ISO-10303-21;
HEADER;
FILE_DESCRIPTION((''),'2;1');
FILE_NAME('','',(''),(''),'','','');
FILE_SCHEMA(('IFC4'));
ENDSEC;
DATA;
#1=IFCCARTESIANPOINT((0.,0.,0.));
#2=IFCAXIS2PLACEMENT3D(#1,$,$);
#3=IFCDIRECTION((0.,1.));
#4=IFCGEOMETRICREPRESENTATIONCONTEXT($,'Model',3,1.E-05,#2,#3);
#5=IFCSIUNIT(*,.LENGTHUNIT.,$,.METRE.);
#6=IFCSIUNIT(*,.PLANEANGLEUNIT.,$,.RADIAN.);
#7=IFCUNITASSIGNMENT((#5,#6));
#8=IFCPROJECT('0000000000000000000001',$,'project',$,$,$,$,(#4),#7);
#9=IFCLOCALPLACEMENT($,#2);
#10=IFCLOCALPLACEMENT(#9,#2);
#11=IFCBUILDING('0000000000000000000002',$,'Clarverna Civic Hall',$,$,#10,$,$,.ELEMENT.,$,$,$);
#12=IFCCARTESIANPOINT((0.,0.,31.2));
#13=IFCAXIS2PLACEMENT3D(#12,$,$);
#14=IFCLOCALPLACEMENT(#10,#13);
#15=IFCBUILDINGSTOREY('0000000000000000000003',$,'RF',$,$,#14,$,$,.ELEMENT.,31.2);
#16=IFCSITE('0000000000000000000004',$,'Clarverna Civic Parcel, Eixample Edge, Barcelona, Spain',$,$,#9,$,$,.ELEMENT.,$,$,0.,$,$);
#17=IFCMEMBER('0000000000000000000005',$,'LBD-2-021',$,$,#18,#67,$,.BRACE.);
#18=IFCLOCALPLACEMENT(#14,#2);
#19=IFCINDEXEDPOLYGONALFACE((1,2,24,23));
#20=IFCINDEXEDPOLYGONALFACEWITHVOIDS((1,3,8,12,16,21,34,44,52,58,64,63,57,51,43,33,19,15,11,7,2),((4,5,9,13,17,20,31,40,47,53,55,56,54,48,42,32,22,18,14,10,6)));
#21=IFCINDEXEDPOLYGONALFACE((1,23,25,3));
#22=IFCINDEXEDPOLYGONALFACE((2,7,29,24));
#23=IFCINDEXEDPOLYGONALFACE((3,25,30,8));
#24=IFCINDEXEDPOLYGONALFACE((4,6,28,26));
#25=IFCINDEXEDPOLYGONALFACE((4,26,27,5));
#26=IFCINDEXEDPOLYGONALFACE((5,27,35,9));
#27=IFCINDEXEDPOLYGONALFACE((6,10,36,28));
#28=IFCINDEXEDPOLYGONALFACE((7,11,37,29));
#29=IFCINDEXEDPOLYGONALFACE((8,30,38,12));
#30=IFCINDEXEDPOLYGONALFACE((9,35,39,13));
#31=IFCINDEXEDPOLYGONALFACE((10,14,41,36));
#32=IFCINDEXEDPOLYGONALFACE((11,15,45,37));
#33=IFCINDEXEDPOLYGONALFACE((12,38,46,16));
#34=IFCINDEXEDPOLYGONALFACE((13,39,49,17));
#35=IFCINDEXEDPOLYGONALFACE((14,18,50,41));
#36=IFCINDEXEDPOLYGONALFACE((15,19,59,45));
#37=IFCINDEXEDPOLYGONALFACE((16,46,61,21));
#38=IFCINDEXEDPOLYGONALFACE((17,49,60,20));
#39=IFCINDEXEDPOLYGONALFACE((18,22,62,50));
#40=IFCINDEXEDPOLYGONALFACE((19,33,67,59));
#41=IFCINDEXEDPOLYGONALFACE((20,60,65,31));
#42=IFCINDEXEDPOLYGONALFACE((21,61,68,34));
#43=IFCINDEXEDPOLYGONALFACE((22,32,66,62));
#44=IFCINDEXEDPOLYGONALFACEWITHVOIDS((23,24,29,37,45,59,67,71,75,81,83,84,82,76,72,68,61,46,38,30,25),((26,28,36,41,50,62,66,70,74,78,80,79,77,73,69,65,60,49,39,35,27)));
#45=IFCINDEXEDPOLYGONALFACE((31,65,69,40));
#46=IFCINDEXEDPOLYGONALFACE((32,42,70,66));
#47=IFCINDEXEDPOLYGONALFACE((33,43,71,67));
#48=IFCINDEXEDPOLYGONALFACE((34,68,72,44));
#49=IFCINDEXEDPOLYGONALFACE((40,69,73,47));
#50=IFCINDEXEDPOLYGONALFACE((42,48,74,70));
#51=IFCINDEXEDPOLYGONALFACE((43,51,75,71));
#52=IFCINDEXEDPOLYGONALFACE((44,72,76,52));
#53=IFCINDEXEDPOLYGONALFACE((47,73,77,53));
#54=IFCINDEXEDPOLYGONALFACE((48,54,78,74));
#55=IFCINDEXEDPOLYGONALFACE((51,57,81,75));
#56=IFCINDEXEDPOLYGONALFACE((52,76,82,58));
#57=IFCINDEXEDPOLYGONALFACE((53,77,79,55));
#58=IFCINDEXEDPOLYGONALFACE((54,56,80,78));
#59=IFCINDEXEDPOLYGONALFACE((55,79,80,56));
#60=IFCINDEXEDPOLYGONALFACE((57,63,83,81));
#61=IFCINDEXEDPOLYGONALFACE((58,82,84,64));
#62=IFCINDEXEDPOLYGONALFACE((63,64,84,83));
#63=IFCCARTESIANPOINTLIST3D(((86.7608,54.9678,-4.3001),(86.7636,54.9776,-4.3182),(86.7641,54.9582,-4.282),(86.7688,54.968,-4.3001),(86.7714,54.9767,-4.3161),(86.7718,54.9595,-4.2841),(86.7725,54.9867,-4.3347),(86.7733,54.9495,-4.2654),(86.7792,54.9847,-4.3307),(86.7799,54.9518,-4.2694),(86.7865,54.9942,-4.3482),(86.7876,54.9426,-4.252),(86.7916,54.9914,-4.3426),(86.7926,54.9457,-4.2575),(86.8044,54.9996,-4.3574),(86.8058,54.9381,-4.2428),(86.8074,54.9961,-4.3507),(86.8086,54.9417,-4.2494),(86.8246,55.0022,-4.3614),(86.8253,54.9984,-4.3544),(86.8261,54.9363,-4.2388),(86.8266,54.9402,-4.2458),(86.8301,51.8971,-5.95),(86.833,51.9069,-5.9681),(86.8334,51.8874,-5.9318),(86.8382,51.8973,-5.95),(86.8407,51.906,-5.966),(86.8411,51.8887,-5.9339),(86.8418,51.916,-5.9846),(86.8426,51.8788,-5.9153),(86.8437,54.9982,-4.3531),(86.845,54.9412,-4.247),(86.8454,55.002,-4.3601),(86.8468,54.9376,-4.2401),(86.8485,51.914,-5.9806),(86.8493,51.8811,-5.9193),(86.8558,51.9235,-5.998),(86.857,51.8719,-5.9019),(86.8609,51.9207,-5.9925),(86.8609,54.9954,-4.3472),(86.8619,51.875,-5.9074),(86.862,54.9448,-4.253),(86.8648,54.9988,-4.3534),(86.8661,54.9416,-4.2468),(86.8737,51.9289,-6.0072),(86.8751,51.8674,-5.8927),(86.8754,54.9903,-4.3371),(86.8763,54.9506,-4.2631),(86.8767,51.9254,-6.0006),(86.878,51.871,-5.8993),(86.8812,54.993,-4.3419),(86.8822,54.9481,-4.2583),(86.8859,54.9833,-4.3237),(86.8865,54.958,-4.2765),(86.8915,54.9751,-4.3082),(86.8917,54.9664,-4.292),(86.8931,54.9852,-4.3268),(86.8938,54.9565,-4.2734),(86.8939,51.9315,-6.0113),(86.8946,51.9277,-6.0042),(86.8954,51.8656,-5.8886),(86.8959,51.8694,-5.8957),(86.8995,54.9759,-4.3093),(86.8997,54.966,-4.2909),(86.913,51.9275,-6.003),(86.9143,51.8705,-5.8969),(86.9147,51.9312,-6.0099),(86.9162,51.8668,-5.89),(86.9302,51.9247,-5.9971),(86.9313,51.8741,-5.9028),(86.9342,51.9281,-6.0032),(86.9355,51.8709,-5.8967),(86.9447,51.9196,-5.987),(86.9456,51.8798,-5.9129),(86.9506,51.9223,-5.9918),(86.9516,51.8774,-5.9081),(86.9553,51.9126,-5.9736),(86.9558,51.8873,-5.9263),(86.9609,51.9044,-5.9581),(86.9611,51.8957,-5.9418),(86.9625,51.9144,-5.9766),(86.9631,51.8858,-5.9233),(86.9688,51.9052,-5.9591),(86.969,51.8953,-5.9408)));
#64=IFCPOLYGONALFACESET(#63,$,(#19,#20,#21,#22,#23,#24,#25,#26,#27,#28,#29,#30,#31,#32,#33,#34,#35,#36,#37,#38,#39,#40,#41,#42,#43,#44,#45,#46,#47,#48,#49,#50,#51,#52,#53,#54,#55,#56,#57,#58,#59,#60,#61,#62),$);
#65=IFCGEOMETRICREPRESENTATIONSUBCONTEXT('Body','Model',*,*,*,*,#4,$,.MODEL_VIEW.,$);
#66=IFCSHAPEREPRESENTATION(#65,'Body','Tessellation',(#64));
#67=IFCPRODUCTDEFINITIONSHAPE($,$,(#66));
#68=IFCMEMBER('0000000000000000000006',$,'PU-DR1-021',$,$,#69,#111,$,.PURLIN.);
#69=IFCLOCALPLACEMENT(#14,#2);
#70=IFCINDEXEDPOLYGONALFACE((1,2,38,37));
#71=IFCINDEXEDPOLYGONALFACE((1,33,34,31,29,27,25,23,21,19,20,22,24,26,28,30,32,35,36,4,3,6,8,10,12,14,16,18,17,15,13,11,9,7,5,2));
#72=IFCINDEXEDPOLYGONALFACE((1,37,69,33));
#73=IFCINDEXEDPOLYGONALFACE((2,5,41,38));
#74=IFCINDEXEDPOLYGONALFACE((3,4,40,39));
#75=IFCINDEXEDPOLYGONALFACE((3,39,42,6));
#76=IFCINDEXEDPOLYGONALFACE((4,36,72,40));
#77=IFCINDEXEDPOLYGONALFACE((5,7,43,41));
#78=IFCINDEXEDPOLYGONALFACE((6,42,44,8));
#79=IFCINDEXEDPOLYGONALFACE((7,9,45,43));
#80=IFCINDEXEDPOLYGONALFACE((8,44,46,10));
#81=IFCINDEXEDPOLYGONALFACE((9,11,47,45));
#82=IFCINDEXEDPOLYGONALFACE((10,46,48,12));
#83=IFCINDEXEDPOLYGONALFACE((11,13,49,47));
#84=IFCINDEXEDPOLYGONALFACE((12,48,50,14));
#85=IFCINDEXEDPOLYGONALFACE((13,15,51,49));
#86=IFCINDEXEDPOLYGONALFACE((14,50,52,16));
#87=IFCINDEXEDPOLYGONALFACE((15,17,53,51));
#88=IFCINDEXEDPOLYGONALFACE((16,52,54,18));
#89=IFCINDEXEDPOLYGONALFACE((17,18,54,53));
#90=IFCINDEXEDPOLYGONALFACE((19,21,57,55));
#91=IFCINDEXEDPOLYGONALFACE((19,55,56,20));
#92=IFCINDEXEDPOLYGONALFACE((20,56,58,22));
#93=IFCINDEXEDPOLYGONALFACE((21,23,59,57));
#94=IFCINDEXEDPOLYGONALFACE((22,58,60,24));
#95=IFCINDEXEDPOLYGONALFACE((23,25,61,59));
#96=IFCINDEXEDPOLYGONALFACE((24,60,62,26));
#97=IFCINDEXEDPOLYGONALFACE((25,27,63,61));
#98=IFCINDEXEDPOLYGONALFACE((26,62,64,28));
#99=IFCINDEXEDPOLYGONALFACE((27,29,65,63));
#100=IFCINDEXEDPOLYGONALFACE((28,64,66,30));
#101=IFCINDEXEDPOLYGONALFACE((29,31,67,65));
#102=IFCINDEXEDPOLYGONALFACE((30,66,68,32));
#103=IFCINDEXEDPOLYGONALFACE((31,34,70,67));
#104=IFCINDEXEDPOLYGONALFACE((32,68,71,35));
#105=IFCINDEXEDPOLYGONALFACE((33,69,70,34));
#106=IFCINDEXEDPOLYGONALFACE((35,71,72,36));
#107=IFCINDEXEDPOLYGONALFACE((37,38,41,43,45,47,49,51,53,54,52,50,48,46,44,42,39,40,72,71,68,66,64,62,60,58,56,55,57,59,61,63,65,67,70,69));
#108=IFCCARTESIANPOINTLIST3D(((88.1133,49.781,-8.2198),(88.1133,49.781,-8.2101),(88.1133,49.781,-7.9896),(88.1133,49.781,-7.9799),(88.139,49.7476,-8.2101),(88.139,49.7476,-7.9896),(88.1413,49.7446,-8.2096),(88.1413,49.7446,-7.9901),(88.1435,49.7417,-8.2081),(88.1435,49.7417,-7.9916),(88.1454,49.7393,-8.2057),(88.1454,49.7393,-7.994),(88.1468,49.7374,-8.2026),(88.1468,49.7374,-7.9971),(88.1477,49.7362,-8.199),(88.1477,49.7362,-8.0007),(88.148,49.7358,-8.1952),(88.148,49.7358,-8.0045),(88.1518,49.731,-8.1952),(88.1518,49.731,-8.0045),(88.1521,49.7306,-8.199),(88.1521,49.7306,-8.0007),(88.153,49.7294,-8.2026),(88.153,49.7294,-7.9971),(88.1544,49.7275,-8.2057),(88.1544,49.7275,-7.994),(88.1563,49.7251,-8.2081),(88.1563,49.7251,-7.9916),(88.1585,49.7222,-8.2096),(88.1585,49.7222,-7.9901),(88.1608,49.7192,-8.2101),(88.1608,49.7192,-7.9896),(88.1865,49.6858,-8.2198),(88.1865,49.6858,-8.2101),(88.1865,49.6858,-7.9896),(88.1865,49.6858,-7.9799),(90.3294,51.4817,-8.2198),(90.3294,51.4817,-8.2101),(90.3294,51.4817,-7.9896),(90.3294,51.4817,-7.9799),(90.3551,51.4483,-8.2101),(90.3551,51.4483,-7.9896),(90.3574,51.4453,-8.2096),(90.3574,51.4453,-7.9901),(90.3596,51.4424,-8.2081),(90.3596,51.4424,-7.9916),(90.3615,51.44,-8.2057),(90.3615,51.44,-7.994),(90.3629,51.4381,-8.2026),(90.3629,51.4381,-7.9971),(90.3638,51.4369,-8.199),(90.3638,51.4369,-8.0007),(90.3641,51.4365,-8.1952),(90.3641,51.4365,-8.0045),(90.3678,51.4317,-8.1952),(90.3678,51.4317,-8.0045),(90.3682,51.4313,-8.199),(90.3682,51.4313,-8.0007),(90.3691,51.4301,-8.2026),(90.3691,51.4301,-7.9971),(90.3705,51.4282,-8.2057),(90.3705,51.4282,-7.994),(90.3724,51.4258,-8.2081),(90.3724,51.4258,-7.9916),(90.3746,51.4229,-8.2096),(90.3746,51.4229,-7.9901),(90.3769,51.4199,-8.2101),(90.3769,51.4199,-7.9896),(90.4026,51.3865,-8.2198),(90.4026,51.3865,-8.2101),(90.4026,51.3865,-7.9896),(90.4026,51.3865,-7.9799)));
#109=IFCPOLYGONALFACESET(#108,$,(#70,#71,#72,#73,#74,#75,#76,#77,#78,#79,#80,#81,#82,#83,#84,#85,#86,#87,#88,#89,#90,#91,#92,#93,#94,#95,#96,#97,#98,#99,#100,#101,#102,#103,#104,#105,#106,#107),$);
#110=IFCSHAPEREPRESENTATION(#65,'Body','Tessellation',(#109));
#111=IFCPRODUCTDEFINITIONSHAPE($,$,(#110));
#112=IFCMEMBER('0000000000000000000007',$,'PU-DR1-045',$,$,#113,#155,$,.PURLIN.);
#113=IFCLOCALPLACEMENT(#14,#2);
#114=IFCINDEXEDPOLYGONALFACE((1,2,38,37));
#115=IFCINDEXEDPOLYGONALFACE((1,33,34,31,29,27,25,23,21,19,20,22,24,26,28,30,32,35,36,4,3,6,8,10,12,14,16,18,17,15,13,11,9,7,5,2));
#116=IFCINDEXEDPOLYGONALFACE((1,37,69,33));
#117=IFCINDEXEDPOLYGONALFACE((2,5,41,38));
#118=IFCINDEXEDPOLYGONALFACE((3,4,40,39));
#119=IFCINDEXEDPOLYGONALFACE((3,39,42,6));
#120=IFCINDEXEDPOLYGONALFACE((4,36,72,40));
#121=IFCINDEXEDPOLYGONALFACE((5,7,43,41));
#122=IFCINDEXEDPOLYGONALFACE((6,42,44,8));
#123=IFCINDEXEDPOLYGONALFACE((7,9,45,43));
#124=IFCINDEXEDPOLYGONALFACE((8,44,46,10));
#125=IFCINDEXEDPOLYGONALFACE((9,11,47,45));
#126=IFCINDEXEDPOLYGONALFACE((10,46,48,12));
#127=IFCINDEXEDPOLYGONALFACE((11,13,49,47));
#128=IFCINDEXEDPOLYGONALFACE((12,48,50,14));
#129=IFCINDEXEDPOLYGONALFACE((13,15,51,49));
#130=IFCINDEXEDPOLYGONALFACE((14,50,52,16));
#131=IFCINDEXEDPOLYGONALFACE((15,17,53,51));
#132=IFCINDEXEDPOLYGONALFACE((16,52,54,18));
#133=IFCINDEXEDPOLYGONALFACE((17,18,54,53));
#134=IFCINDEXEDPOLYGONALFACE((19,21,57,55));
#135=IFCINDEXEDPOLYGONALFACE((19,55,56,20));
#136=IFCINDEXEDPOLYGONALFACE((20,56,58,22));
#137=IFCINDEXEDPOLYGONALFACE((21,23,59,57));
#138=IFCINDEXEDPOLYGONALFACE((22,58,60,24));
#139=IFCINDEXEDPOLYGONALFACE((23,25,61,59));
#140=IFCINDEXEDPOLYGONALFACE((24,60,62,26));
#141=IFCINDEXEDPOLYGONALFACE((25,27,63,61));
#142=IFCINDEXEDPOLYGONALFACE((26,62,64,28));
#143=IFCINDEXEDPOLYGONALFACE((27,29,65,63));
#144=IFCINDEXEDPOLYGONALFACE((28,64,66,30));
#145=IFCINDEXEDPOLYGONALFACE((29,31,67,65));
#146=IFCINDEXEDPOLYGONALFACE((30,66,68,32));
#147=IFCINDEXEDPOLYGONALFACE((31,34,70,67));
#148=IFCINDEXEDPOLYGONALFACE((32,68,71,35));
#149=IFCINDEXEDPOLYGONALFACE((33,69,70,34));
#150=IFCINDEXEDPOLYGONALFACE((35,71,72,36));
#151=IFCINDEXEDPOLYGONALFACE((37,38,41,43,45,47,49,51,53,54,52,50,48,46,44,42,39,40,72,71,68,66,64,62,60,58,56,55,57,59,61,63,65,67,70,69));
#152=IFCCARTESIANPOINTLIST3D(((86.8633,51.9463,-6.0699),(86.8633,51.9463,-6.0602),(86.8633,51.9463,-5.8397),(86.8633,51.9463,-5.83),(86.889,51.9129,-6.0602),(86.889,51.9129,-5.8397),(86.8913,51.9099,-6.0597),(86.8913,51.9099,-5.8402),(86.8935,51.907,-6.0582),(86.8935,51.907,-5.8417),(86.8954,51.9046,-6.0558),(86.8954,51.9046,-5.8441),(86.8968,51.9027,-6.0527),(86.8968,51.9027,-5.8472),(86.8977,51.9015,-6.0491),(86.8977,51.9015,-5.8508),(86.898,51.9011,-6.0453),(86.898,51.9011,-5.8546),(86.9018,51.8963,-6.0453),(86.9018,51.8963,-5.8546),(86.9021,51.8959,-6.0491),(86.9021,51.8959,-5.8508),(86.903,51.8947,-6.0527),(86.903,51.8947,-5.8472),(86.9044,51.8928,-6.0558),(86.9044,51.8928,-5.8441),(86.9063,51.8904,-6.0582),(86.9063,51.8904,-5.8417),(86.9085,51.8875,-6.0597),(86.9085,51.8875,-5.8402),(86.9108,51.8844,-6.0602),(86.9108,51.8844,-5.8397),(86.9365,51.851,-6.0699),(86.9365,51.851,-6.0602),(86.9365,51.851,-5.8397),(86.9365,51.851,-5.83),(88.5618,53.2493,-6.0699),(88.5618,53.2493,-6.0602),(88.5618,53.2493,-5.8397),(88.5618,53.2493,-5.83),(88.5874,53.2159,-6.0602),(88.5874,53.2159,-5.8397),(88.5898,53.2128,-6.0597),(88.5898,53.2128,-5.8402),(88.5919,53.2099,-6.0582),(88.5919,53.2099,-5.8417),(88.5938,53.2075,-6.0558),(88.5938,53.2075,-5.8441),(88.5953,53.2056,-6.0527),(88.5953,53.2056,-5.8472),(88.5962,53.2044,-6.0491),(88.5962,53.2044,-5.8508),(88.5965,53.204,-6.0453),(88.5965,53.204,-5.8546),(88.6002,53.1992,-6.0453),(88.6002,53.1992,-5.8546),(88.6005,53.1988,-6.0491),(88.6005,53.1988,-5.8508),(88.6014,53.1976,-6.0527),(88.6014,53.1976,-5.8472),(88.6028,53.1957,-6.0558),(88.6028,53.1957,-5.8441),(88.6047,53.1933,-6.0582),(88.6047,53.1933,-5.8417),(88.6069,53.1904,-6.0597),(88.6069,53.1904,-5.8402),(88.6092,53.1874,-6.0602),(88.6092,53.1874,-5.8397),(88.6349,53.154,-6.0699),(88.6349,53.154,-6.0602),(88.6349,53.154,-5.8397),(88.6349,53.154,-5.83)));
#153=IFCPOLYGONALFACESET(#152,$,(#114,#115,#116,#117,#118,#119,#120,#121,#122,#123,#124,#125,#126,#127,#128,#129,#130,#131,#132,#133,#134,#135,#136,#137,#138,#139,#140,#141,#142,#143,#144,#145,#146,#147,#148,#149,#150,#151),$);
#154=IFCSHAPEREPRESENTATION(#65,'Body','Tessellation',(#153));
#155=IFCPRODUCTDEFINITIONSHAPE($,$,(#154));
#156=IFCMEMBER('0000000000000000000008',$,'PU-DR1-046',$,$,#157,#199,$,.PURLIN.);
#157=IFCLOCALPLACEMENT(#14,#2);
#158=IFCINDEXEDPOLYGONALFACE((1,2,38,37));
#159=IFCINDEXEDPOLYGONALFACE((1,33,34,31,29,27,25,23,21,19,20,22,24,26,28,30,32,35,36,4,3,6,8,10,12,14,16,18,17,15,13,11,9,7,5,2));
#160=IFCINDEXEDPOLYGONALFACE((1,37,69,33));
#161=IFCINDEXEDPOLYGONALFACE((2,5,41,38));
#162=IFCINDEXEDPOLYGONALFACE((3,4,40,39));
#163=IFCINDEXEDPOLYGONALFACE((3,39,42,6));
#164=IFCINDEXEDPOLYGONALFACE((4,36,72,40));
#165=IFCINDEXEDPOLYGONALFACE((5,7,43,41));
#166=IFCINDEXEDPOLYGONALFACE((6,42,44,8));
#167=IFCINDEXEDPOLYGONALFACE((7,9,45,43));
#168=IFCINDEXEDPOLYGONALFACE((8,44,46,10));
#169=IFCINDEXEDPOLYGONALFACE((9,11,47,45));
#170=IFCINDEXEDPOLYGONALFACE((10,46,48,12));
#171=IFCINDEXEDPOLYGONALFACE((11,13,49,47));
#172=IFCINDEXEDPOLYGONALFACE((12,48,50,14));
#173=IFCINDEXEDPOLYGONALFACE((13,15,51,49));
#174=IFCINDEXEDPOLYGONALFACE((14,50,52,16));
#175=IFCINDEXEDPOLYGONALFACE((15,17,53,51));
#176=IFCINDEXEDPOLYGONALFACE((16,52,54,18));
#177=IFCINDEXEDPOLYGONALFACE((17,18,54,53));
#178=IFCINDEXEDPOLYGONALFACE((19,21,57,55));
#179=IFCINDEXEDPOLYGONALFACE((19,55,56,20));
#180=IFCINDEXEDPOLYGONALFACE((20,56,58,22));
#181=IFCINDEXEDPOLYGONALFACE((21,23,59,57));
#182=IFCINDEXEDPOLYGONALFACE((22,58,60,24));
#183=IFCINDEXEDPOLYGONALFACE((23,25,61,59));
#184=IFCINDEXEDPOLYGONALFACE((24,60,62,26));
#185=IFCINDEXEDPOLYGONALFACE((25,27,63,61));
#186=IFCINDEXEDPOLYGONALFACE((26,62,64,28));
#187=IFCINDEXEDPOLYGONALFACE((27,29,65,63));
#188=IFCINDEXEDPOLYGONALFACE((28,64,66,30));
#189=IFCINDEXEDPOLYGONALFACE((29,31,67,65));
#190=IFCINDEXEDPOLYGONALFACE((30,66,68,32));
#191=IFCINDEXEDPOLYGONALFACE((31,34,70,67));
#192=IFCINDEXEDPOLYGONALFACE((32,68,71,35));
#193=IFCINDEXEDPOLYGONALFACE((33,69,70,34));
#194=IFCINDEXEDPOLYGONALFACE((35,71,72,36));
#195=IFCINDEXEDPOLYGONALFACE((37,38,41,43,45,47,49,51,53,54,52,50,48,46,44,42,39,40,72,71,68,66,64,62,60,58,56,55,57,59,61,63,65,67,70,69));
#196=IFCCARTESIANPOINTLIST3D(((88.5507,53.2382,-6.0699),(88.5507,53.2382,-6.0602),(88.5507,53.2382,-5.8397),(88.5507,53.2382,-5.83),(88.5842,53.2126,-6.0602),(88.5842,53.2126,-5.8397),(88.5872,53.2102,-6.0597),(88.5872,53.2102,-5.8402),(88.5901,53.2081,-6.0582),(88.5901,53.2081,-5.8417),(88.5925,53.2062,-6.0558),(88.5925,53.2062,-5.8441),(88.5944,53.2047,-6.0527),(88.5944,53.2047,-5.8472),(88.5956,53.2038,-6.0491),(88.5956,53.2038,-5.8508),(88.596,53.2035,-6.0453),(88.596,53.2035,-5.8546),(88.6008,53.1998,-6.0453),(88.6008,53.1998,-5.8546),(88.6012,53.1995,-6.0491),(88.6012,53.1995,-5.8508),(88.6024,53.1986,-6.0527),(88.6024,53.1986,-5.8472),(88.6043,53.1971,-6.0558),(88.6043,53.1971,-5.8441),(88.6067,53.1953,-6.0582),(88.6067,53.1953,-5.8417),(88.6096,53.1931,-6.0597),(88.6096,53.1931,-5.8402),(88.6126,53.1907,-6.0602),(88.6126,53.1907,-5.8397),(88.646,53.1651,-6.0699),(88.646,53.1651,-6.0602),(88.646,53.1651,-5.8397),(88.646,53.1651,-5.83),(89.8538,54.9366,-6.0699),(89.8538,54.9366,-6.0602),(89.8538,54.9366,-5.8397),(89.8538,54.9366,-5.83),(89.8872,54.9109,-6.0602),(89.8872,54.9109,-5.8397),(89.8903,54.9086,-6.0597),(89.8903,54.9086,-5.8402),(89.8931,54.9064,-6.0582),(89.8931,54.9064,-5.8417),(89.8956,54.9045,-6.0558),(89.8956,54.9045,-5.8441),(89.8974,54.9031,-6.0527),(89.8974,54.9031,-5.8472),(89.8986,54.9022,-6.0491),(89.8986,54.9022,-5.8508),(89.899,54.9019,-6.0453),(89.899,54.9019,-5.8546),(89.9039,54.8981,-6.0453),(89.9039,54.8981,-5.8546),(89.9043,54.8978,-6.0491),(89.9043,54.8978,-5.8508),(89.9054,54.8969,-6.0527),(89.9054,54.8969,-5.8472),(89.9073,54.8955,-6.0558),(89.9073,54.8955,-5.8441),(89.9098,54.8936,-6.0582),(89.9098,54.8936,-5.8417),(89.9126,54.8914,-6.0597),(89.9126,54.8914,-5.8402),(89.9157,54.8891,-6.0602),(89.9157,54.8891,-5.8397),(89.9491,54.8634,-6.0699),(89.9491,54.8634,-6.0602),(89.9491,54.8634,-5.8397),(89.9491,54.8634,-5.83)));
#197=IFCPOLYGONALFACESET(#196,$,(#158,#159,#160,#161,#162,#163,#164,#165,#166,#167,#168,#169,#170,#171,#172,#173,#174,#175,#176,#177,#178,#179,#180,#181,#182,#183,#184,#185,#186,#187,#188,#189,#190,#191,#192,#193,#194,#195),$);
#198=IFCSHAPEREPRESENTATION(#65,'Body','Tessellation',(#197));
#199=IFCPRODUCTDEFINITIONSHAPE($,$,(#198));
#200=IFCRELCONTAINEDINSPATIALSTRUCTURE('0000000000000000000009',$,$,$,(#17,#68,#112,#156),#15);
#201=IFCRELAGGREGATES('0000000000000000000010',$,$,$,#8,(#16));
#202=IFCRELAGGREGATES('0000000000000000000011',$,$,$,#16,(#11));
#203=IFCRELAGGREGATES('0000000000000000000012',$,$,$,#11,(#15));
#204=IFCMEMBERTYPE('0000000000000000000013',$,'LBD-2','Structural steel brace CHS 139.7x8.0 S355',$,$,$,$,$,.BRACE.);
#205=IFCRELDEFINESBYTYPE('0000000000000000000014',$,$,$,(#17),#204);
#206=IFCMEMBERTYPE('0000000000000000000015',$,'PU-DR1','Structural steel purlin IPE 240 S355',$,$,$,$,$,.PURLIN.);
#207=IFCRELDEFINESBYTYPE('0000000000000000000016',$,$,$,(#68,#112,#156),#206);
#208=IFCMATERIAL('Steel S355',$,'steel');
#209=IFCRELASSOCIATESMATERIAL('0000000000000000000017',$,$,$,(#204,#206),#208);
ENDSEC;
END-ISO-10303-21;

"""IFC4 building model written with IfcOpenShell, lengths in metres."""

from ifc_helpers import new_model, si_unit, direction, frame, origin, origin_2d, place, context, subcontext, project, spatial, hollow_circle, i_section, extrude, material, material_profile, profile_set, type_object, element, save


model = new_model("IFC4")

# Units and contexts
model_context = context("Model", 3, precision=1e-05, world=origin(), true_north=direction((0.0, 1.0)))
body_context = subcontext(model_context, "Body", "Model", "MODEL_VIEW")
ifc_project = project(units=[si_unit("LENGTHUNIT", "METRE"), si_unit("PLANEANGLEUNIT", "RADIAN")], contexts=[model_context])

# Site, building, storey
site_placement = place(None, origin())
site = spatial("IfcSite", under=ifc_project, at=site_placement, Name="Clarverna Civic Parcel, Eixample Edge, Barcelona, Spain", CompositionType="ELEMENT", RefElevation=0.0)
building_placement = place(site_placement, origin())
building = spatial("IfcBuilding", under=site, at=building_placement, Name="Clarverna Civic Hall", CompositionType="ELEMENT")
storey_placement = place(building_placement, frame((0.0, 0.0, 31.2)))
storey = spatial("IfcBuildingStorey", under=building, at=storey_placement, Name="RF", CompositionType="ELEMENT", Elevation=31.2)

# Members
ifc_material_1 = material(Name="Steel S355", Category="steel")
ifc_material_profile_1 = material_profile(ifc_material_1, hollow_circle(Radius=0.0698, WallThickness=0.0081, at=origin_2d()), Name="CHS 139.7x8.0")
ifc_profile_set_1 = profile_set([ifc_material_profile_1], Name="Steel S355")
member_type_1 = type_object("IfcMemberType", Name="LBD-2", Description="Structural steel brace CHS 139.7x8.0 S355", PredefinedType="BRACE", material=ifc_profile_set_1)
member_1_placement = place(storey_placement, frame((86.8999, 51.8987, -5.95), z_axis=(-0.019886, 0.880728, 0.473204), x_axis=(-0.999745, -0.022573, 0.0)))
element("IfcMember", 1, at=member_1_placement, inside=storey, type_object=member_type_1, Name="LBD-2-021", PredefinedType="BRACE", context=body_context, shape_type="SweptSolid", body=[
    extrude(hollow_circle(Radius=0.0698, WallThickness=0.0081, at=origin_2d()), origin(), (0.0, 0.0, 1.0), 3.4866),
])
ifc_material_profile_2 = material_profile(ifc_material_1, i_section(OverallWidth=0.1201, OverallDepth=0.24, WebThickness=0.0061, FlangeThickness=0.0098, FilletRadius=0.0149, at=origin_2d()), Name="IPE 240")
ifc_profile_set_2 = profile_set([ifc_material_profile_2], Name="Steel S355")
member_type_2 = type_object("IfcMemberType", Name="PU-DR1", Description="Structural steel purlin IPE 240 S355", PredefinedType="PURLIN", material=ifc_profile_set_2)
member_2_placement = place(storey_placement, frame((88.1499, 49.7334, -8.0999), z_axis=(0.793312, 0.608815, 0.0), x_axis=(-0.608815, 0.793312, 0.0)))
element("IfcMember", 2, at=member_2_placement, inside=storey, type_object=member_type_2, Name="PU-DR1-021", PredefinedType="PURLIN", context=body_context, shape_type="SweptSolid", body=[
    extrude(i_section(OverallWidth=0.1201, OverallDepth=0.24, WebThickness=0.0061, FlangeThickness=0.0098, FilletRadius=0.0149, at=origin_2d()), origin(), (0.0, 0.0, 1.0), 2.7935),
])
for number, where, z_axis, x_axis, name in (
    (3, (86.8999, 51.8987, -5.95), (0.793425, 0.608669, 0.0), (-0.608669, 0.793425, 0.0), "PU-DR1-045"),
    (4, (88.5984, 53.2017, -5.95), (0.608724, 0.793382, 0.0), (-0.793382, 0.608724, 0.0), "PU-DR1-046"),
):
    element("IfcMember", number, at=place(storey_placement, frame(where, z_axis=z_axis, x_axis=x_axis)), inside=storey, type_object=member_type_2, Name=name, PredefinedType="PURLIN", context=body_context, shape_type="SweptSolid", body=[
        extrude(i_section(OverallWidth=0.1201, OverallDepth=0.24, WebThickness=0.0061, FlangeThickness=0.0098, FilletRadius=0.0149, at=origin_2d()), origin(), (0.0, 0.0, 1.0), 2.1406),
    ])

save(model, "model.ifc")
